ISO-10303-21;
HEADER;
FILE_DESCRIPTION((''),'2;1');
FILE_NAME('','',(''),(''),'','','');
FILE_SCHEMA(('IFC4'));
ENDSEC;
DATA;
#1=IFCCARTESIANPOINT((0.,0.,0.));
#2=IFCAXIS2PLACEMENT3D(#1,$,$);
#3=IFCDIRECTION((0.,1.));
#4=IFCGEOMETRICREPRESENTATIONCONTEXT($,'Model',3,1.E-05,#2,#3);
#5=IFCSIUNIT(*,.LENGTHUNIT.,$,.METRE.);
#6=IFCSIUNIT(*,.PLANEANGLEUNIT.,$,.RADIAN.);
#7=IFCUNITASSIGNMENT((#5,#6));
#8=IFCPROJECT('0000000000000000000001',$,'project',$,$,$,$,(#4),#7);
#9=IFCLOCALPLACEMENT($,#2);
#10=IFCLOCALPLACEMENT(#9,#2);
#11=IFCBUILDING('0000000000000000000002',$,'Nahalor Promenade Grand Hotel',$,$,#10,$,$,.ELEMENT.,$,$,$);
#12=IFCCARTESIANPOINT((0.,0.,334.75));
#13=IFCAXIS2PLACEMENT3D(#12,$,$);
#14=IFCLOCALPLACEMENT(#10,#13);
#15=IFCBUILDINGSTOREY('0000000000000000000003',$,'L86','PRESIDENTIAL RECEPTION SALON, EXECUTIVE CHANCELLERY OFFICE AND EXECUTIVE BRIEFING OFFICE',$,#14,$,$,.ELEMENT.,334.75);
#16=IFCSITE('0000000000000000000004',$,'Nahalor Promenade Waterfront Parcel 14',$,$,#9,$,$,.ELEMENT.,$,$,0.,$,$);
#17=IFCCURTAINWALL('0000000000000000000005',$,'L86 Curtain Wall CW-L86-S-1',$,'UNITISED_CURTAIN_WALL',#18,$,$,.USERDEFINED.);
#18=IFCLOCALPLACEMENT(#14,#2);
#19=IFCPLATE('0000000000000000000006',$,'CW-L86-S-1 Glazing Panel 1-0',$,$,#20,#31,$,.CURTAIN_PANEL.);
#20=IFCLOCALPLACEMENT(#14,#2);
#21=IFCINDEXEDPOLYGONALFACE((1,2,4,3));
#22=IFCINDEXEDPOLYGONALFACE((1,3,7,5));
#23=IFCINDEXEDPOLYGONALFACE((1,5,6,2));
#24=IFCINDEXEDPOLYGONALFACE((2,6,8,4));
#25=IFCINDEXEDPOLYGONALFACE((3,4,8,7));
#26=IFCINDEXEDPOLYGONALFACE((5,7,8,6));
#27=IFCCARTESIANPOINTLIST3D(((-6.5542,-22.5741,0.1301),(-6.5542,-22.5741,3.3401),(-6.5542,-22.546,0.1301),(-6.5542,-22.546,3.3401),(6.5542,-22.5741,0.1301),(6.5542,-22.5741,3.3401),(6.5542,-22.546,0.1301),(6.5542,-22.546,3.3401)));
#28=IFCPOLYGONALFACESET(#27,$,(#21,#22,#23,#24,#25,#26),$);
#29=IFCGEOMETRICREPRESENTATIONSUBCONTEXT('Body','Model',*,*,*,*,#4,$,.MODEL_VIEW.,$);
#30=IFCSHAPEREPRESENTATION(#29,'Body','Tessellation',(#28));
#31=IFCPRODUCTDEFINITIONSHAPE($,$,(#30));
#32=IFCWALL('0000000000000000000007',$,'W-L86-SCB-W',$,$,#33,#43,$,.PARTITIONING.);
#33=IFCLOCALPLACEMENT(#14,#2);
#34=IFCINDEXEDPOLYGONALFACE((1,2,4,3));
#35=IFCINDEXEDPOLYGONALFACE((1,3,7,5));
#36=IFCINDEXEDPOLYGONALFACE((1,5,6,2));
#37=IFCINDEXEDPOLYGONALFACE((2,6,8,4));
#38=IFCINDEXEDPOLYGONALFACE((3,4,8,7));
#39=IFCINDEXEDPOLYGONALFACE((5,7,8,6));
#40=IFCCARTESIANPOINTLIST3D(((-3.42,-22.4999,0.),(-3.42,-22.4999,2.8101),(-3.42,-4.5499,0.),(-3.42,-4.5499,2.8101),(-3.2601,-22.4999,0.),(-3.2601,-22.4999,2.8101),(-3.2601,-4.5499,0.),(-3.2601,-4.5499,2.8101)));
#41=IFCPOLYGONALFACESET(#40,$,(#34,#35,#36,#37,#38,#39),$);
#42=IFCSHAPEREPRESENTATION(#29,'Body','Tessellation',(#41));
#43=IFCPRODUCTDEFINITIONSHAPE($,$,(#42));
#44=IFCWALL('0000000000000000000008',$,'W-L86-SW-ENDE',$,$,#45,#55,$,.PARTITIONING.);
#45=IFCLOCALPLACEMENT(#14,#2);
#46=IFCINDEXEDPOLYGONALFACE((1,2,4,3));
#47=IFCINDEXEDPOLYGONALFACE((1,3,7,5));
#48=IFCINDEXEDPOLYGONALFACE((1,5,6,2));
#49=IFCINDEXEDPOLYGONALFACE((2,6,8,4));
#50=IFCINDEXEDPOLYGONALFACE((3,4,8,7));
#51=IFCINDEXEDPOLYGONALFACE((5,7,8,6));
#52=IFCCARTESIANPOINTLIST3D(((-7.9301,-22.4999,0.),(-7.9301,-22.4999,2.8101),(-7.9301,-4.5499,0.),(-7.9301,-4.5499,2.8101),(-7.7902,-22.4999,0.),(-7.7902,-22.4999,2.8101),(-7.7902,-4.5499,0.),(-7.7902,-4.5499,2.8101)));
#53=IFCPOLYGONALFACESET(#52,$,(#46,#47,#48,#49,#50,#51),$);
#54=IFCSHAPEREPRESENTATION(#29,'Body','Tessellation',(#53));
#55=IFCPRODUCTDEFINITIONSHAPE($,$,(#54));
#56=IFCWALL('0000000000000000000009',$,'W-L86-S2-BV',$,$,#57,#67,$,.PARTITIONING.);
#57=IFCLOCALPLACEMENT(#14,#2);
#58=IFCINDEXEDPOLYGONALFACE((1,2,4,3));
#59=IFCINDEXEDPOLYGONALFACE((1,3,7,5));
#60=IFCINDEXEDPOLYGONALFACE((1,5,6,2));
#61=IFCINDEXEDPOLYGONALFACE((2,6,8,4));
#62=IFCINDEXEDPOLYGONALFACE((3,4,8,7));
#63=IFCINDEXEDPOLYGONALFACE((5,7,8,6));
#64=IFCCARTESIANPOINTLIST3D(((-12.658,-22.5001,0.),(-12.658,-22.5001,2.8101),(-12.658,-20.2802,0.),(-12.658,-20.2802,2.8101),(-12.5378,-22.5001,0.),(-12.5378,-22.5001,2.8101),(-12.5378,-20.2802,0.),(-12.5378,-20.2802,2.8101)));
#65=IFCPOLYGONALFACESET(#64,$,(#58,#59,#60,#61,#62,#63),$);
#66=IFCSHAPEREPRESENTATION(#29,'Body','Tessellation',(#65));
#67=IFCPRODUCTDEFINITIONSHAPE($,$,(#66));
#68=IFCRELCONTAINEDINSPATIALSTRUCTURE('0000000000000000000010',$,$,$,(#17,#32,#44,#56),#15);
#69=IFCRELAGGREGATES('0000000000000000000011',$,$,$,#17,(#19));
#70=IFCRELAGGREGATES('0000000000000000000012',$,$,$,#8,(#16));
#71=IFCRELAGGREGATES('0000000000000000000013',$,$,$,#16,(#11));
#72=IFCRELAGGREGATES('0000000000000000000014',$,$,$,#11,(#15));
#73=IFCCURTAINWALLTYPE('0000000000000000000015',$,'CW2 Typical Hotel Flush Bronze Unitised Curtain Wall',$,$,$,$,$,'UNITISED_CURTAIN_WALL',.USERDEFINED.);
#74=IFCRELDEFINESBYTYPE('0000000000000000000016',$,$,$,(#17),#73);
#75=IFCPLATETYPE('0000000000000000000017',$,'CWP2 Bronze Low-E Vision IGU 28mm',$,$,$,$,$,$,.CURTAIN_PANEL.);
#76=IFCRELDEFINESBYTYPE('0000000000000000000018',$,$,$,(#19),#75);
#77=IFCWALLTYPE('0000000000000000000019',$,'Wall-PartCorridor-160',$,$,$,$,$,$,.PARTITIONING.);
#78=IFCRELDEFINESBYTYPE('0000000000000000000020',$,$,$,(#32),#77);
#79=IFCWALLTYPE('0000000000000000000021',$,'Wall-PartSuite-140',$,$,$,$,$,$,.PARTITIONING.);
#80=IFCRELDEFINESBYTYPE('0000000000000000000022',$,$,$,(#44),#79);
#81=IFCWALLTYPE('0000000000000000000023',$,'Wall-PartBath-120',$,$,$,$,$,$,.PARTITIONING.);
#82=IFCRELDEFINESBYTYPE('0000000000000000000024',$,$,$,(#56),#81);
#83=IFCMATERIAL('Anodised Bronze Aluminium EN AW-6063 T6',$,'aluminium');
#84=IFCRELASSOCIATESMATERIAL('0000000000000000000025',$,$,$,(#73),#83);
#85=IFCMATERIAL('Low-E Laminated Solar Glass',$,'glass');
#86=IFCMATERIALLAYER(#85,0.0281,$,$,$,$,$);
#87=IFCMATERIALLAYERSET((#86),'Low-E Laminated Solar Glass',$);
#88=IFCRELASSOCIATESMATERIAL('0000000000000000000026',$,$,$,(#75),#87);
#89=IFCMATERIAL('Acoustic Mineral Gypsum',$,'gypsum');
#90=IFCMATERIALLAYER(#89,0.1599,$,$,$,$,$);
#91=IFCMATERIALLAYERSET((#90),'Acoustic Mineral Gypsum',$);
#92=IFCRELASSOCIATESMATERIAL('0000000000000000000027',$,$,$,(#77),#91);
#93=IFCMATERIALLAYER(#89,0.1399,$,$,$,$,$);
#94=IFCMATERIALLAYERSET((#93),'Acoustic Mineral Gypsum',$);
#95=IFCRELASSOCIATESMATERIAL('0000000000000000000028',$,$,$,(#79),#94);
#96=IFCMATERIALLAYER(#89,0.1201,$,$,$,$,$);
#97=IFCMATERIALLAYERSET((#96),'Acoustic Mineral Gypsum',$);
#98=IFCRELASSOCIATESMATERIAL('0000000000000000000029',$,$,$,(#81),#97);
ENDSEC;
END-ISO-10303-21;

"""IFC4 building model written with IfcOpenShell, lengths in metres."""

from ifc_helpers import new_model, si_unit, direction, frame, frame_2d, origin, origin_2d, place, context, subcontext, project, spatial, rectangle, extrude, source, transform, mapped, material, layer, layer_set, type_object, element, aggregate, save


model = new_model("IFC4")

# Units and contexts
model_context = context("Model", 3, precision=1e-05, world=origin(), true_north=direction((0.0, 1.0)))
body_context = subcontext(model_context, "Body", "Model", "MODEL_VIEW")
ifc_project = project(units=[si_unit("LENGTHUNIT", "METRE"), si_unit("PLANEANGLEUNIT", "RADIAN")], contexts=[model_context])

# Site, building, storey
site_placement = place(None, origin())
site = spatial("IfcSite", under=ifc_project, at=site_placement, Name="Nahalor Promenade Waterfront Parcel 14", CompositionType="ELEMENT", RefElevation=0.0)
building_placement = place(site_placement, origin())
building = spatial("IfcBuilding", under=site, at=building_placement, Name="Nahalor Promenade Grand Hotel", CompositionType="ELEMENT")
storey_placement = place(building_placement, frame((0.0, 0.0, 334.75)))
storey = spatial("IfcBuildingStorey", under=building, at=storey_placement, Name="L86", Description="PRESIDENTIAL RECEPTION SALON, EXECUTIVE CHANCELLERY OFFICE AND EXECUTIVE BRIEFING OFFICE", CompositionType="ELEMENT", Elevation=334.75)

# Curtain wall, plate
ifc_material_1 = material(Name="Anodised Bronze Aluminium EN AW-6063 T6", Category="aluminium")
curtain_wall_type = type_object("IfcCurtainWallType", Name="CW2 Typical Hotel Flush Bronze Unitised Curtain Wall", ElementType="UNITISED_CURTAIN_WALL", PredefinedType="USERDEFINED", material=ifc_material_1)
curtain_wall_placement = place(storey_placement, origin())
curtain_wall = element("IfcCurtainWall", 1, at=curtain_wall_placement, inside=storey, type_object=curtain_wall_type, Name="L86 Curtain Wall CW-L86-S-1", ObjectType="UNITISED_CURTAIN_WALL", PredefinedType="USERDEFINED")
ifc_material_2 = material(Name="Low-E Laminated Solar Glass", Category="glass")
ifc_layer_1 = layer(ifc_material_2, 0.0281)
ifc_layer_set_1 = layer_set([ifc_layer_1], Name="Low-E Laminated Solar Glass")
plate_type = type_object("IfcPlateType", Name="CWP2 Bronze Low-E Vision IGU 28mm", PredefinedType="CURTAIN_PANEL", material=ifc_layer_set_1)
shared_shape_1 = source(origin(), body_context, "Body", "SweptSolid", [
    extrude(rectangle(XDim=13.1084, YDim=0.0281, at=origin_2d()), origin(), (0.0, 0.0, 1.0), 3.21),
])
plate_placement = place(storey_placement, frame((0.0, -22.5601, 0.1301), z_axis=(0.0, 0.0, 1.0), x_axis=(1.0, 0.0, 0.0)))
plate = element("IfcPlate", 2, at=plate_placement, type_object=plate_type, Name="CW-L86-S-1 Glazing Panel 1-0", PredefinedType="CURTAIN_PANEL", context=body_context, shape_type="MappedRepresentation", body=[
    mapped(shared_shape_1, transform((0.0, 0.0, 0.0), scale=1.0)),
])
aggregate(curtain_wall, [plate])

# Walls
ifc_material_3 = material(Name="Acoustic Mineral Gypsum", Category="gypsum")
ifc_layer_2 = layer(ifc_material_3, 0.1599)
ifc_layer_set_2 = layer_set([ifc_layer_2], Name="Acoustic Mineral Gypsum")
wall_type_1 = type_object("IfcWallType", Name="Wall-PartCorridor-160", PredefinedType="PARTITIONING", material=ifc_layer_set_2)
shared_shape_2 = source(origin(), body_context, "Body", "SweptSolid", [
    extrude(rectangle(XDim=17.95, YDim=0.1599, at=frame_2d((8.9751, 0.0))), origin(), (0.0, 0.0, 1.0), 2.8101),
])
wall_1_placement = place(storey_placement, frame((-3.3401, -22.5, 0.0), z_axis=(0.0, 0.0, 1.0), x_axis=(0.0, 1.0, 0.0)))
element("IfcWall", 3, at=wall_1_placement, inside=storey, type_object=wall_type_1, Name="W-L86-SCB-W", PredefinedType="PARTITIONING", context=body_context, shape_type="MappedRepresentation", body=[
    mapped(shared_shape_2, transform((0.0, 0.0, 0.0), scale=1.0)),
])
ifc_layer_3 = layer(ifc_material_3, 0.1399)
ifc_layer_set_3 = layer_set([ifc_layer_3], Name="Acoustic Mineral Gypsum")
wall_type_2 = type_object("IfcWallType", Name="Wall-PartSuite-140", PredefinedType="PARTITIONING", material=ifc_layer_set_3)
shared_shape_3 = source(origin(), body_context, "Body", "SweptSolid", [
    extrude(rectangle(XDim=17.95, YDim=0.1399, at=frame_2d((8.9751, 0.0))), origin(), (0.0, 0.0, 1.0), 2.8101),
])
wall_2_placement = place(storey_placement, frame((-7.8601, -22.5, 0.0), z_axis=(0.0, 0.0, 1.0), x_axis=(0.0, 1.0, 0.0)))
element("IfcWall", 4, at=wall_2_placement, inside=storey, type_object=wall_type_2, Name="W-L86-SW-ENDE", PredefinedType="PARTITIONING", context=body_context, shape_type="MappedRepresentation", body=[
    mapped(shared_shape_3, transform((0.0, 0.0, 0.0), scale=1.0)),
])
ifc_layer_4 = layer(ifc_material_3, 0.1201)
ifc_layer_set_4 = layer_set([ifc_layer_4], Name="Acoustic Mineral Gypsum")
wall_type_3 = type_object("IfcWallType", Name="Wall-PartBath-120", PredefinedType="PARTITIONING", material=ifc_layer_set_4)
shared_shape_4 = source(origin(), body_context, "Body", "SweptSolid", [
    extrude(rectangle(XDim=2.22, YDim=0.1201, at=frame_2d((1.1099, 0.0))), origin(), (0.0, 0.0, 1.0), 2.8101),
])
wall_3_placement = place(storey_placement, frame((-12.5979, -22.5, 0.0), z_axis=(0.0, 0.0, 1.0), x_axis=(0.0, 1.0, 0.0)))
element("IfcWall", 5, at=wall_3_placement, inside=storey, type_object=wall_type_3, Name="W-L86-S2-BV", PredefinedType="PARTITIONING", context=body_context, shape_type="MappedRepresentation", body=[
    mapped(shared_shape_4, transform((0.0, 0.0, 0.0), scale=1.0)),
])

save(model, "model.ifc")
